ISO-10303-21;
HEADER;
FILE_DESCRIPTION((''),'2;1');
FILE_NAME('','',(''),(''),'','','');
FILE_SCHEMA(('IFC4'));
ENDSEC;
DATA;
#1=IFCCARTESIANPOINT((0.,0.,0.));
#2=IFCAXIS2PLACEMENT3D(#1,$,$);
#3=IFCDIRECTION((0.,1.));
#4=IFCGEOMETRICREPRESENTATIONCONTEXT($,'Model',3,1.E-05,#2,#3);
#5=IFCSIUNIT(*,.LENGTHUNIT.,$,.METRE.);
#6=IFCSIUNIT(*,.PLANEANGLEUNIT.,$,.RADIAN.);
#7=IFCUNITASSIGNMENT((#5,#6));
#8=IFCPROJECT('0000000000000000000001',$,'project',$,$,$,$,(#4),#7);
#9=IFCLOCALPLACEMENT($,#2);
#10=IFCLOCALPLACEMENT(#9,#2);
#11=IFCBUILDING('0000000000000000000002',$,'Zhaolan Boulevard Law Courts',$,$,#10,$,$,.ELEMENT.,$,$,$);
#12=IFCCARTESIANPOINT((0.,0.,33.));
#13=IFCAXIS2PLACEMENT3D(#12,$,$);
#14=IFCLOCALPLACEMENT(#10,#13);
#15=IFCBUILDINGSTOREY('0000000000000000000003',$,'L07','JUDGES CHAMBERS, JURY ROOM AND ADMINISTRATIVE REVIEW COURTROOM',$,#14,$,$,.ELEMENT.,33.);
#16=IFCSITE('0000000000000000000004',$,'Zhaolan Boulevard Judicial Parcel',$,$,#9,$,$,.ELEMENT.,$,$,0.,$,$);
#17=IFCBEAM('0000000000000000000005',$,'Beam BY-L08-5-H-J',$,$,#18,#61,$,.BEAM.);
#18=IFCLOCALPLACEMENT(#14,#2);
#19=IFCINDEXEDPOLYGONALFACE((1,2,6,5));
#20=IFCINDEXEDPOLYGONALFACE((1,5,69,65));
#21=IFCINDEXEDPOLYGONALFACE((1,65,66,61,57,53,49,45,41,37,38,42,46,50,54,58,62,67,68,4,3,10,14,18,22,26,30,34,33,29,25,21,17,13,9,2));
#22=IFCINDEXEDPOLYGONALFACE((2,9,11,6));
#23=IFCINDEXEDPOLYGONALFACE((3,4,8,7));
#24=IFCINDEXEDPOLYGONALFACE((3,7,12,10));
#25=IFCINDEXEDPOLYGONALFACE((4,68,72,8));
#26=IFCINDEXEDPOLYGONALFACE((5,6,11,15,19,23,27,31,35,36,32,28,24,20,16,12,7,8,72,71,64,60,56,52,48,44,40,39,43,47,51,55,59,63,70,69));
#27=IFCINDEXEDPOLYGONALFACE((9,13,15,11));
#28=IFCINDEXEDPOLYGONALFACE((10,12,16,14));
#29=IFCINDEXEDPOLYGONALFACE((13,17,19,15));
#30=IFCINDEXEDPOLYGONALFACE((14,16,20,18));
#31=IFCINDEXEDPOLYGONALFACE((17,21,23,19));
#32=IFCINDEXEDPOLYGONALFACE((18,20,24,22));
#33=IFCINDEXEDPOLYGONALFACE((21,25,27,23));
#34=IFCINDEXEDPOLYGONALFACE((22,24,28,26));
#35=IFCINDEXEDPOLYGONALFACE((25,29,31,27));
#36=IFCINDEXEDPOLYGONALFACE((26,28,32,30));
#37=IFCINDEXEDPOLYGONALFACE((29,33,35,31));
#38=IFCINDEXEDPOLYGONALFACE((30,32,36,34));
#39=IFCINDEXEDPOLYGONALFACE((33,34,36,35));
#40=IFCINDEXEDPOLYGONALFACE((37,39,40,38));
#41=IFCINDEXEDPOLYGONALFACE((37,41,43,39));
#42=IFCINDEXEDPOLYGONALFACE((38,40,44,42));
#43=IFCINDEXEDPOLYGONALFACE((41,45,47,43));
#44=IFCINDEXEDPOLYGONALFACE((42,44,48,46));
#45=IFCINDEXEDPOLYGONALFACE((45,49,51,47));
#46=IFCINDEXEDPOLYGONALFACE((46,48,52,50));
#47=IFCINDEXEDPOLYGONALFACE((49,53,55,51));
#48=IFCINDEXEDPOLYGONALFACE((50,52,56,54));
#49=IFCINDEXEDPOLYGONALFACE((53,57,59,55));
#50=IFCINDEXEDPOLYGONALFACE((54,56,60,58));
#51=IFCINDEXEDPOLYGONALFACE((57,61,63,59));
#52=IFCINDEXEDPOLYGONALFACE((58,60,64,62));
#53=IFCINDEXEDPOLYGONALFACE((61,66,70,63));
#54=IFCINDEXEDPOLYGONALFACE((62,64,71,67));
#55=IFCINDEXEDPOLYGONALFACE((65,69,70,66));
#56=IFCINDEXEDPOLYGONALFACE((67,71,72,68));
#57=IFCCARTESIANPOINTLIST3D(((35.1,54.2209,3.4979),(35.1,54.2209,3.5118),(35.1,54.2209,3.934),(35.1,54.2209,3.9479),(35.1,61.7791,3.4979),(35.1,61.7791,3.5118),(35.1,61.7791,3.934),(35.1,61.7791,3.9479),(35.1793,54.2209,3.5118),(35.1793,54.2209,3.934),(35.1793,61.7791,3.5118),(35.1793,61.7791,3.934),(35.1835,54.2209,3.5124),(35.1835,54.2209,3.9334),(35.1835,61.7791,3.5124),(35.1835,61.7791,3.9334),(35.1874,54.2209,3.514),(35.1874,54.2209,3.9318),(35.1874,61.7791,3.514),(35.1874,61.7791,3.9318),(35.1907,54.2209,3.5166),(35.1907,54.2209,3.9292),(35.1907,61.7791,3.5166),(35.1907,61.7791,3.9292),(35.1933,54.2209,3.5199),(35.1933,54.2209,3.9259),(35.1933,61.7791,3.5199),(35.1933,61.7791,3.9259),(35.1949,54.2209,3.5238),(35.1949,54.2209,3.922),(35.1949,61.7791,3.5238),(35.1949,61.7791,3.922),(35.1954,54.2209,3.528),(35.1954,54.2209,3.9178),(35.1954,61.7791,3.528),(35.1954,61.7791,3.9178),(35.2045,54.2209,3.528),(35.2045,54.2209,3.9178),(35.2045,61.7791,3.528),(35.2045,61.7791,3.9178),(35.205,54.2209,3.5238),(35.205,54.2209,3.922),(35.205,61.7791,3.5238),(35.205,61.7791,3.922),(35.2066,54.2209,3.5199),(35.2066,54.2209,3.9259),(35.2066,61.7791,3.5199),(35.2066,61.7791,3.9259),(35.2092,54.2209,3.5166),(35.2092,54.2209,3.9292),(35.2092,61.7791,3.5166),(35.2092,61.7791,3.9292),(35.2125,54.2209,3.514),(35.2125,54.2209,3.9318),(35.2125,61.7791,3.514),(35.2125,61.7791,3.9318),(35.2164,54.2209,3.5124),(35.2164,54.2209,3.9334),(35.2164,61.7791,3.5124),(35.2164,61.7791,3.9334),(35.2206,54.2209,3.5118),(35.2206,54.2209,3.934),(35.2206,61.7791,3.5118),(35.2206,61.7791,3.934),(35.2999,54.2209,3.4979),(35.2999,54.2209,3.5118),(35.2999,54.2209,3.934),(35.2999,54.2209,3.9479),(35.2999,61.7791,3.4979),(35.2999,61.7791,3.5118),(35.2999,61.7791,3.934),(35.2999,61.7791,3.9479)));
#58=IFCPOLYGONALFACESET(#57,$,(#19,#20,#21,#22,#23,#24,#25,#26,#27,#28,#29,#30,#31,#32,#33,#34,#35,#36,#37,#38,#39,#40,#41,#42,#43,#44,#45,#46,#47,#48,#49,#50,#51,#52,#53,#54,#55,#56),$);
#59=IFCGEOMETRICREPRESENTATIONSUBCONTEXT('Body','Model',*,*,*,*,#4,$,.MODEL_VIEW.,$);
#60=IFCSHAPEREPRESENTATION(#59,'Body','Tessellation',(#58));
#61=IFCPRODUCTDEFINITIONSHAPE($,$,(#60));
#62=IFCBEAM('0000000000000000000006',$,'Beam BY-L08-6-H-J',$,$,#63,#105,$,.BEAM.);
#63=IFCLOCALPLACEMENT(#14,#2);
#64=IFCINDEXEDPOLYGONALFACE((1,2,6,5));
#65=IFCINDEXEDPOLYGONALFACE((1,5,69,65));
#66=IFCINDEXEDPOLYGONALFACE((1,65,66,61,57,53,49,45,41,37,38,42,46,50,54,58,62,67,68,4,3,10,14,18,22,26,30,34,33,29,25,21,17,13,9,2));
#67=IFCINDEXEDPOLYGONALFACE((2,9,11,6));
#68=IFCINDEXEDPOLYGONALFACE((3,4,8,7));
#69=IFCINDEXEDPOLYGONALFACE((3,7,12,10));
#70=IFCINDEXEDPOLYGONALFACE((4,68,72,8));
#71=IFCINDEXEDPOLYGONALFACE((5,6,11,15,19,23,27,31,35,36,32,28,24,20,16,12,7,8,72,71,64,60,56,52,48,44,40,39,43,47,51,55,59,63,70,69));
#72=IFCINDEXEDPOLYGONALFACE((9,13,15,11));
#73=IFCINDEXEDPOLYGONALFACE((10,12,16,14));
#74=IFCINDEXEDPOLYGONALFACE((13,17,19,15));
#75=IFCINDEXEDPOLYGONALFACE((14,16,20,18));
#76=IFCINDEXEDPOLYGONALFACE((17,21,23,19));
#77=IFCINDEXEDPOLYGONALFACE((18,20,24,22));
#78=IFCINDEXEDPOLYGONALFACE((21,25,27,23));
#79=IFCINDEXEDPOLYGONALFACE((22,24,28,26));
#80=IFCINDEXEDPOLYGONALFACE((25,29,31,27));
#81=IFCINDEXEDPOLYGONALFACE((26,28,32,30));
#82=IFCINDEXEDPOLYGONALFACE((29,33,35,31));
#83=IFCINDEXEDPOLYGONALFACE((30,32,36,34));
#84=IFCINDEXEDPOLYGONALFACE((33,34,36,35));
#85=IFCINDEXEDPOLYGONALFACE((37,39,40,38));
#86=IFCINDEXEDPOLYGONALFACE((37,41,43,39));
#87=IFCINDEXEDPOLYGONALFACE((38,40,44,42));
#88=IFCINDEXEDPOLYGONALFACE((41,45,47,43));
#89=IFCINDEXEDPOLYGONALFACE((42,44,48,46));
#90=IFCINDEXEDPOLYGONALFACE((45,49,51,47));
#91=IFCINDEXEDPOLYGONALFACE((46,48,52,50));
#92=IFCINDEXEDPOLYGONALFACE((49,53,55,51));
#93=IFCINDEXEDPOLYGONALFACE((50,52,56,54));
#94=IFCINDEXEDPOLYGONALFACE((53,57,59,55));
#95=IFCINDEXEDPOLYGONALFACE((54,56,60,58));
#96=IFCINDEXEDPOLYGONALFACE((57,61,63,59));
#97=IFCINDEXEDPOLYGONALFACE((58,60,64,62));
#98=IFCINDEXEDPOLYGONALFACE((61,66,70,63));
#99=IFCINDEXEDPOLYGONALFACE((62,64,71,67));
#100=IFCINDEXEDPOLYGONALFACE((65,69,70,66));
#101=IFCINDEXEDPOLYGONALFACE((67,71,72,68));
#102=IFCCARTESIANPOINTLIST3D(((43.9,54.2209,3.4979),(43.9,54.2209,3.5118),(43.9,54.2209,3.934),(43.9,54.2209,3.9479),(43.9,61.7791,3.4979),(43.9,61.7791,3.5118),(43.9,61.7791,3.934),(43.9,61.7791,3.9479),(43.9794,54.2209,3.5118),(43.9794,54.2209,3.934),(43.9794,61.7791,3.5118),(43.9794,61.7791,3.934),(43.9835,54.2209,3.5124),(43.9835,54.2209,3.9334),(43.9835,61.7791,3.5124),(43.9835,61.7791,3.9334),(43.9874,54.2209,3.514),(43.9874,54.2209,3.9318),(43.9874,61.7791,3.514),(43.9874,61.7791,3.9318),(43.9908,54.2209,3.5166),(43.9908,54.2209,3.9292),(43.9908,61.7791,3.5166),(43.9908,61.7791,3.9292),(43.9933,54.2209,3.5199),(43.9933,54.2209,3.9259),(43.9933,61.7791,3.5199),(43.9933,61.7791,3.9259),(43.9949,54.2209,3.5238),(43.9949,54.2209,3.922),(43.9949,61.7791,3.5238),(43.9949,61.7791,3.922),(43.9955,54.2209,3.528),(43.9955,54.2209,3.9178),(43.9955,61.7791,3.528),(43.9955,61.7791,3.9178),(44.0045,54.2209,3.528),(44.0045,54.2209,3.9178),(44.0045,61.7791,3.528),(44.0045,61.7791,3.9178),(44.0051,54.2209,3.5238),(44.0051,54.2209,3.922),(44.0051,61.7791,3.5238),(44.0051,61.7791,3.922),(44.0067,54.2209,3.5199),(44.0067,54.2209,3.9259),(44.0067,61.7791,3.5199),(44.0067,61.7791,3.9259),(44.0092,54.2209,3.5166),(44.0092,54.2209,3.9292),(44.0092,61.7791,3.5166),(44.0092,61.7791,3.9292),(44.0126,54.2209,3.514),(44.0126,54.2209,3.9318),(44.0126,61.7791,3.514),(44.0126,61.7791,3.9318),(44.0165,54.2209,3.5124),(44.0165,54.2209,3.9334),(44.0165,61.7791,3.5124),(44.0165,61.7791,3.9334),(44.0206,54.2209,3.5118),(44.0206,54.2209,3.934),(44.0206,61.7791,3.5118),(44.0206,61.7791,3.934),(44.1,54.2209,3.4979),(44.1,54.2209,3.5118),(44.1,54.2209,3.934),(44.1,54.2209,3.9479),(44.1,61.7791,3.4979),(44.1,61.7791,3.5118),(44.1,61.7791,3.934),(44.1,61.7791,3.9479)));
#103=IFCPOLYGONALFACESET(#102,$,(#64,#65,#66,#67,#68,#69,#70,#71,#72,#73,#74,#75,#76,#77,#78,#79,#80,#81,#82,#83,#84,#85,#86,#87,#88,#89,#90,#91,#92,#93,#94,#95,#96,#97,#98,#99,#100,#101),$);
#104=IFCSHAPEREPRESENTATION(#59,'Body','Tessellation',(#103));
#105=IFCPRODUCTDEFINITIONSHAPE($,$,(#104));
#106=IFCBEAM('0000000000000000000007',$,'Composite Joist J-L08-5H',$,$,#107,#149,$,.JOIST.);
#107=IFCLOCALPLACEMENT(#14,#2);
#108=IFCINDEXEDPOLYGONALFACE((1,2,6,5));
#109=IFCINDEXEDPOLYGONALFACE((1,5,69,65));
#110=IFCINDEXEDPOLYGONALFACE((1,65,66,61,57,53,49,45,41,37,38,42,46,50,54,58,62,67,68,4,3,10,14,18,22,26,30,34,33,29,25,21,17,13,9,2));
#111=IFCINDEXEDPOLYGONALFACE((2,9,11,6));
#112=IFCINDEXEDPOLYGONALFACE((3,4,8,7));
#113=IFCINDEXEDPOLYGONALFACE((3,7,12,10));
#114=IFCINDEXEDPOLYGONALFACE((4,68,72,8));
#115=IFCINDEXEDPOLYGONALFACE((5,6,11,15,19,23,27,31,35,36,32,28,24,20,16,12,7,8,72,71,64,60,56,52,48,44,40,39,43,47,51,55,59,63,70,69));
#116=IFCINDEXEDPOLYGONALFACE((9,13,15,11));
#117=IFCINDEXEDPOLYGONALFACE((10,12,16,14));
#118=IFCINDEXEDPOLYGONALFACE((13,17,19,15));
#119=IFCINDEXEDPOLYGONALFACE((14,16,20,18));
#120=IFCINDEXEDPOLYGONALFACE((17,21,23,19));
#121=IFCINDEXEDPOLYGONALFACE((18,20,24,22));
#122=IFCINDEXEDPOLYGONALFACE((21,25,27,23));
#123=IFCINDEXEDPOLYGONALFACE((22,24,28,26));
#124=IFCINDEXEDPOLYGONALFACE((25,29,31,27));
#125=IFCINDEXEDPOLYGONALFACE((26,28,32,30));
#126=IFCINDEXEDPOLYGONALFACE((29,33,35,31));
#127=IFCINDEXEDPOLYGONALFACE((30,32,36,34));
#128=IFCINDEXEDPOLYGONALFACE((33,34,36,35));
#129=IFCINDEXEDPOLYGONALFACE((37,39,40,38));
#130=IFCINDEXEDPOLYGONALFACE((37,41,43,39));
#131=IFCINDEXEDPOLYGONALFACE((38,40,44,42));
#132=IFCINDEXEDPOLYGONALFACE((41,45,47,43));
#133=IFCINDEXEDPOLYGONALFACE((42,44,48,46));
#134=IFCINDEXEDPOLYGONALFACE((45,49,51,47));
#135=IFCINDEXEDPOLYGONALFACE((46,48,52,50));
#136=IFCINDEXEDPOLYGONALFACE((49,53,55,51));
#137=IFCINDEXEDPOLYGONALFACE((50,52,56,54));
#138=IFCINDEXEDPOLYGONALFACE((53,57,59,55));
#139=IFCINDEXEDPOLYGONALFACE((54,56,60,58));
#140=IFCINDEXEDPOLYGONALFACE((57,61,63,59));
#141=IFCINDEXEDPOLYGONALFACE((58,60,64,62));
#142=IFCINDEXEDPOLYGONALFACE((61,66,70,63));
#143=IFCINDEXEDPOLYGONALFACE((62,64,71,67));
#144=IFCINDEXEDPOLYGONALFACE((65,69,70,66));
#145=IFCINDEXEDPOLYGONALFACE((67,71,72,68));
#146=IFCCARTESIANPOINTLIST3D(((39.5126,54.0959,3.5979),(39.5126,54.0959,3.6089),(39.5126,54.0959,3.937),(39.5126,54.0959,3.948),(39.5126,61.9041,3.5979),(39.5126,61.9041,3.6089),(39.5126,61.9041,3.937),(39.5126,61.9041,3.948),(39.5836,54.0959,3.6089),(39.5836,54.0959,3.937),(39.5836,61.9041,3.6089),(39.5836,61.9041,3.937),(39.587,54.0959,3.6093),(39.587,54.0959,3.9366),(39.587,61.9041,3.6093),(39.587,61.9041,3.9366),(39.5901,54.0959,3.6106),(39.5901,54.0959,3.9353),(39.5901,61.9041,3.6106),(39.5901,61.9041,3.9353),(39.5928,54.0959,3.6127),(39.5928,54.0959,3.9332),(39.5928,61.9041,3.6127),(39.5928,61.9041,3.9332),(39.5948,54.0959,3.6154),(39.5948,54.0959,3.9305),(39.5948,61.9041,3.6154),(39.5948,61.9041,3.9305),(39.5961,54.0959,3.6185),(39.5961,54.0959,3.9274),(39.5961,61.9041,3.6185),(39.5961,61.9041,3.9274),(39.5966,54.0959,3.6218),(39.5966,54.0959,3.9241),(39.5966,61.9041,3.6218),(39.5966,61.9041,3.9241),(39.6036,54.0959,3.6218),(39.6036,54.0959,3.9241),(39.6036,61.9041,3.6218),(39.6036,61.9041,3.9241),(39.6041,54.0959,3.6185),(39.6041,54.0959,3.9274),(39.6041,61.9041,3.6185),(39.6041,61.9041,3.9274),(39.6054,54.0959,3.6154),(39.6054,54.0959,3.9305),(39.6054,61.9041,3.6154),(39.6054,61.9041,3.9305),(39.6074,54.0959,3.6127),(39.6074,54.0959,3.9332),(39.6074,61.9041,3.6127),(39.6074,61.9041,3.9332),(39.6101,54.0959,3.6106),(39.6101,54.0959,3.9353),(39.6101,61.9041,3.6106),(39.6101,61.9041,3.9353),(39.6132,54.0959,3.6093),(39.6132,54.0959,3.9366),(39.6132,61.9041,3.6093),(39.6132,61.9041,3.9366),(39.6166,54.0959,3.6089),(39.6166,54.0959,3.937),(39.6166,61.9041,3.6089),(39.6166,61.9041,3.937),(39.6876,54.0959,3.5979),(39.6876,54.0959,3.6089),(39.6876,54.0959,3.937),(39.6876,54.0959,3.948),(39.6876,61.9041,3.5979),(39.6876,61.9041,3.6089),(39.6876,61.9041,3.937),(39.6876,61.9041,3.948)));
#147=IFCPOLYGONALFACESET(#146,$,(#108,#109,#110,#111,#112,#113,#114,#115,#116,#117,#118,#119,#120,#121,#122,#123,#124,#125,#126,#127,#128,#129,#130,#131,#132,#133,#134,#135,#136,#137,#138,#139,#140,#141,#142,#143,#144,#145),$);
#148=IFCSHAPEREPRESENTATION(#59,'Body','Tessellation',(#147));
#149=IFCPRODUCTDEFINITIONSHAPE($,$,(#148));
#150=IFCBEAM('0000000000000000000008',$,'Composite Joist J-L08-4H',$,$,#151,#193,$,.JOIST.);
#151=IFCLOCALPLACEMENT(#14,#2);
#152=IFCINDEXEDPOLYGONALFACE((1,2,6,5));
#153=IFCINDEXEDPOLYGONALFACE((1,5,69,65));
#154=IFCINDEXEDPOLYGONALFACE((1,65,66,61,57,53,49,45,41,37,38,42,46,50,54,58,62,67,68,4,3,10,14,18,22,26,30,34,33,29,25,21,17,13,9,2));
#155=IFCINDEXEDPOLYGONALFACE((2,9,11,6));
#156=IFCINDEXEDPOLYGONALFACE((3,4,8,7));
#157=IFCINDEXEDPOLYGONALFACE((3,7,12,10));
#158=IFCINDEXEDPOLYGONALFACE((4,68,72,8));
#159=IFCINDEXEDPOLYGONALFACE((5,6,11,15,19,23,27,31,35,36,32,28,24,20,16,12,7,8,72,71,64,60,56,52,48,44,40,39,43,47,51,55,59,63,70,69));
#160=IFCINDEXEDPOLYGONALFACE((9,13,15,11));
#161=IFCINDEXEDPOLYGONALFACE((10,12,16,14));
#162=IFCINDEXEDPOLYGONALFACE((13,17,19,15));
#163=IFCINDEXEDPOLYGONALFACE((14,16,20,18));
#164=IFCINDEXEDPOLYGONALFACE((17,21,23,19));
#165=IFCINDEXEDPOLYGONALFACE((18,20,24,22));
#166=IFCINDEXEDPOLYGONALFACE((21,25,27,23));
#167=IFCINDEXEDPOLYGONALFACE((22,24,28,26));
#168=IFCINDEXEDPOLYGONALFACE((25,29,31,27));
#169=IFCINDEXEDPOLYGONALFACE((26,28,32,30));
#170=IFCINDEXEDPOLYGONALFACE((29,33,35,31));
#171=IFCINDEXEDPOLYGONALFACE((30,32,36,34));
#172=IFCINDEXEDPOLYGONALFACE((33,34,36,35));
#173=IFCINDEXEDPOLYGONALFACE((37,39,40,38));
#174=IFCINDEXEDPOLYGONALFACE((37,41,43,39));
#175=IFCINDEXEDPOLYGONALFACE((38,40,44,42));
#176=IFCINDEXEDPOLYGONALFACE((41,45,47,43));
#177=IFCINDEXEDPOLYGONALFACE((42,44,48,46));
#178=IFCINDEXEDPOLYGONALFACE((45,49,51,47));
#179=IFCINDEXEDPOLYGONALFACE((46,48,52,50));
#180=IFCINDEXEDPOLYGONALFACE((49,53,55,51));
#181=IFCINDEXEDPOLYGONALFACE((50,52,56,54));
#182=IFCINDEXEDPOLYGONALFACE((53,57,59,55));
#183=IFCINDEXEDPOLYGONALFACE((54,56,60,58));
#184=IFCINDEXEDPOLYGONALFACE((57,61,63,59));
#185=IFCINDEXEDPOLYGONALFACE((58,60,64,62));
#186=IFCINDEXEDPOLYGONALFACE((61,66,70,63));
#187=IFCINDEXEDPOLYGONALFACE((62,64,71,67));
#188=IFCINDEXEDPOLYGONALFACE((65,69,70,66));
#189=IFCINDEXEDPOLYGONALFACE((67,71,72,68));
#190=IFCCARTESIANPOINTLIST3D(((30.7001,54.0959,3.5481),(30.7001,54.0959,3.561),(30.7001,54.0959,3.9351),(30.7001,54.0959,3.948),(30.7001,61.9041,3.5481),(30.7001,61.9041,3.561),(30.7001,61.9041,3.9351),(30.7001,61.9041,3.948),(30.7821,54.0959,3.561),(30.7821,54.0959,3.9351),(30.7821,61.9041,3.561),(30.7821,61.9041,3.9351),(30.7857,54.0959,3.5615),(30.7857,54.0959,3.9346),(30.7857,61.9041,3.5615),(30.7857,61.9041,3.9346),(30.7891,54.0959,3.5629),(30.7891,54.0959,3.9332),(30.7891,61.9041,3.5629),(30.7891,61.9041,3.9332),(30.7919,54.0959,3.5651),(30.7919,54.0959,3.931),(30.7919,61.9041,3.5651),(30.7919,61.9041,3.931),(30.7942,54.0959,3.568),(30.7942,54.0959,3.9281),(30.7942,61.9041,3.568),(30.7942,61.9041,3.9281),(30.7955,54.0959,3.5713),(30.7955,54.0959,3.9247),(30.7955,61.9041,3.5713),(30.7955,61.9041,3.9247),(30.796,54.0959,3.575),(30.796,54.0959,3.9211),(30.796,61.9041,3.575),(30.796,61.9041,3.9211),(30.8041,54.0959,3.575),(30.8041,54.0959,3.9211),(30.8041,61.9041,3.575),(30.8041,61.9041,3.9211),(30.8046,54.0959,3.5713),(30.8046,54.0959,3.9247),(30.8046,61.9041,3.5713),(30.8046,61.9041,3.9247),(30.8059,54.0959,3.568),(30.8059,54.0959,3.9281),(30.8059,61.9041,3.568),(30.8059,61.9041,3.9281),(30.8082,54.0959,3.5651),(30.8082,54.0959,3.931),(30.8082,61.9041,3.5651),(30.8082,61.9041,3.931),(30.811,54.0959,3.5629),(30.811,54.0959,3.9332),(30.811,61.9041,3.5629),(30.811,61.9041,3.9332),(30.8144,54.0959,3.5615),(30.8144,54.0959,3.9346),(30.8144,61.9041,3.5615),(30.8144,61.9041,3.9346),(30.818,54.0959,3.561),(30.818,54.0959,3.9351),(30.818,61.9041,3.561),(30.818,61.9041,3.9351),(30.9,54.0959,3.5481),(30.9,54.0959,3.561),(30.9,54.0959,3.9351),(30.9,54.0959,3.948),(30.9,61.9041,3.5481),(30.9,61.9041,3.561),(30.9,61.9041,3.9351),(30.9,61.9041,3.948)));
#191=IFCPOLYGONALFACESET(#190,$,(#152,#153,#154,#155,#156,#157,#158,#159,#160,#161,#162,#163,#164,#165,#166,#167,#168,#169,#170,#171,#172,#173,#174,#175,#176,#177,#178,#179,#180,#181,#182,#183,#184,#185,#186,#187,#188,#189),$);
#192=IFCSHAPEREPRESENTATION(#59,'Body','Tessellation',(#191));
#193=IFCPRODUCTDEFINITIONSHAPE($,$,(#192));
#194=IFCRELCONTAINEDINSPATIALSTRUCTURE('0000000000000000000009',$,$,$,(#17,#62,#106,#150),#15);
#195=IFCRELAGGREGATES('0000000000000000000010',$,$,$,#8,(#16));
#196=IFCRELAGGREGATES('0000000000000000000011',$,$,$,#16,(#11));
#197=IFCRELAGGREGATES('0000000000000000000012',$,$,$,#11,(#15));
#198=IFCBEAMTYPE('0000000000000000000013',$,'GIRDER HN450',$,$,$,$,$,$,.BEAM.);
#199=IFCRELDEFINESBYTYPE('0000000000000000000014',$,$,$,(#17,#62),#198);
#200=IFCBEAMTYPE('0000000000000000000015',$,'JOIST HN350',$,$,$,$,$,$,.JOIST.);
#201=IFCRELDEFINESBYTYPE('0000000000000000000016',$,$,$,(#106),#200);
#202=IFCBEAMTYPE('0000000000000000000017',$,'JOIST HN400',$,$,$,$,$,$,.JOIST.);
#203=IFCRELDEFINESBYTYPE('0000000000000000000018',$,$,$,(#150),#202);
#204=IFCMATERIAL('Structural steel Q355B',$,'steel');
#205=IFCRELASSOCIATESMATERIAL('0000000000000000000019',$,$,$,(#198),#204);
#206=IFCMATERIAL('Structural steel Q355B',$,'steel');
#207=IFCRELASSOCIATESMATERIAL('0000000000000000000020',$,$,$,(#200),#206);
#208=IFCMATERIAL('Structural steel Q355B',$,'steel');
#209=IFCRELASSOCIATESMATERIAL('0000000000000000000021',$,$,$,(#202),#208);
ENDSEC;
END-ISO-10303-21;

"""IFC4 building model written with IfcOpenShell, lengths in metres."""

from ifc_helpers import new_model, si_unit, direction, frame, origin, origin_2d, place, context, subcontext, project, spatial, i_section, extrude, material, material_profile, profile_set, type_object, element, save


model = new_model("IFC4")

# Units and contexts
model_context = context("Model", 3, precision=1e-05, world=origin(), true_north=direction((0.0, 1.0)))
body_context = subcontext(model_context, "Body", "Model", "MODEL_VIEW")
ifc_project = project(units=[si_unit("LENGTHUNIT", "METRE"), si_unit("PLANEANGLEUNIT", "RADIAN")], contexts=[model_context])

# Site, building, storey
site_placement = place(None, origin())
site = spatial("IfcSite", under=ifc_project, at=site_placement, Name="Zhaolan Boulevard Judicial Parcel", CompositionType="ELEMENT", RefElevation=0.0)
building_placement = place(site_placement, origin())
building = spatial("IfcBuilding", under=site, at=building_placement, Name="Zhaolan Boulevard Law Courts", CompositionType="ELEMENT")
storey_placement = place(building_placement, frame((0.0, 0.0, 33.0)))
storey = spatial("IfcBuildingStorey", under=building, at=storey_placement, Name="L07", Description="JUDGES CHAMBERS, JURY ROOM AND ADMINISTRATIVE REVIEW COURTROOM", CompositionType="ELEMENT", Elevation=33.0)

# Beams
ifc_material_1 = material(Name="Structural steel Q355B", Category="steel")
ifc_material_profile_1 = material_profile(ifc_material_1, i_section(OverallWidth=0.2, OverallDepth=0.45, WebThickness=0.009, FlangeThickness=0.0139, FilletRadius=0.0161, at=origin_2d()), Name="HN450x200")
ifc_profile_set_1 = profile_set([ifc_material_profile_1], Name="Structural steel Q355B")
beam_type_1 = type_object("IfcBeamType", Name="GIRDER HN450", PredefinedType="BEAM", material=ifc_profile_set_1)
for number, where, z_axis, x_axis, name in (
    (1, (35.2, 54.2209, 3.7229), (0.0, 1.0, 0.0), (-1.0, 0.0, 0.0), "Beam BY-L08-5-H-J"),
    (2, (44.0, 54.2209, 3.7229), (0.0, 1.0, 0.0), (-1.0, 0.0, 0.0), "Beam BY-L08-6-H-J"),
):
    element("IfcBeam", number, at=place(storey_placement, frame(where, z_axis=z_axis, x_axis=x_axis)), inside=storey, type_object=beam_type_1, Name=name, PredefinedType="BEAM", context=body_context, shape_type="SweptSolid", body=[
        extrude(i_section(OverallWidth=0.2, OverallDepth=0.45, WebThickness=0.009, FlangeThickness=0.0139, FilletRadius=0.0161, at=origin_2d()), origin(), (0.0, 0.0, 1.0), 7.5581),
    ])
ifc_material_2 = material(Name="Structural steel Q355B", Category="steel")
ifc_material_profile_2 = material_profile(ifc_material_2, i_section(OverallWidth=0.175, OverallDepth=0.3501, WebThickness=0.0071, FlangeThickness=0.011, FilletRadius=0.0129, at=origin_2d()), Name="HN350x175")
ifc_profile_set_2 = profile_set([ifc_material_profile_2], Name="Structural steel Q355B")
beam_type_2 = type_object("IfcBeamType", Name="JOIST HN350", PredefinedType="JOIST", material=ifc_profile_set_2)
beam_1_placement = place(storey_placement, frame((39.6001, 54.0959, 3.7729), z_axis=(0.0, 1.0, 0.0), x_axis=(-1.0, 0.0, 0.0)))
element("IfcBeam", 3, at=beam_1_placement, inside=storey, type_object=beam_type_2, Name="Composite Joist J-L08-5H", PredefinedType="JOIST", context=body_context, shape_type="SweptSolid", body=[
    extrude(i_section(OverallWidth=0.175, OverallDepth=0.3501, WebThickness=0.0071, FlangeThickness=0.011, FilletRadius=0.0129, at=origin_2d()), origin(), (0.0, 0.0, 1.0), 7.8081),
])
ifc_material_3 = material(Name="Structural steel Q355B", Category="steel")
ifc_material_profile_3 = material_profile(ifc_material_3, i_section(OverallWidth=0.2, OverallDepth=0.3999, WebThickness=0.0081, FlangeThickness=0.0129, FilletRadius=0.0139, at=origin_2d()), Name="HN400x200")
ifc_profile_set_3 = profile_set([ifc_material_profile_3], Name="Structural steel Q355B")
beam_type_3 = type_object("IfcBeamType", Name="JOIST HN400", PredefinedType="JOIST", material=ifc_profile_set_3)
beam_2_placement = place(storey_placement, frame((30.8, 54.0959, 3.748), z_axis=(0.0, 1.0, 0.0), x_axis=(-1.0, 0.0, 0.0)))
element("IfcBeam", 4, at=beam_2_placement, inside=storey, type_object=beam_type_3, Name="Composite Joist J-L08-4H", PredefinedType="JOIST", context=body_context, shape_type="SweptSolid", body=[
    extrude(i_section(OverallWidth=0.2, OverallDepth=0.3999, WebThickness=0.0081, FlangeThickness=0.0129, FilletRadius=0.0139, at=origin_2d()), origin(), (0.0, 0.0, 1.0), 7.8081),
])

save(model, "model.ifc")
